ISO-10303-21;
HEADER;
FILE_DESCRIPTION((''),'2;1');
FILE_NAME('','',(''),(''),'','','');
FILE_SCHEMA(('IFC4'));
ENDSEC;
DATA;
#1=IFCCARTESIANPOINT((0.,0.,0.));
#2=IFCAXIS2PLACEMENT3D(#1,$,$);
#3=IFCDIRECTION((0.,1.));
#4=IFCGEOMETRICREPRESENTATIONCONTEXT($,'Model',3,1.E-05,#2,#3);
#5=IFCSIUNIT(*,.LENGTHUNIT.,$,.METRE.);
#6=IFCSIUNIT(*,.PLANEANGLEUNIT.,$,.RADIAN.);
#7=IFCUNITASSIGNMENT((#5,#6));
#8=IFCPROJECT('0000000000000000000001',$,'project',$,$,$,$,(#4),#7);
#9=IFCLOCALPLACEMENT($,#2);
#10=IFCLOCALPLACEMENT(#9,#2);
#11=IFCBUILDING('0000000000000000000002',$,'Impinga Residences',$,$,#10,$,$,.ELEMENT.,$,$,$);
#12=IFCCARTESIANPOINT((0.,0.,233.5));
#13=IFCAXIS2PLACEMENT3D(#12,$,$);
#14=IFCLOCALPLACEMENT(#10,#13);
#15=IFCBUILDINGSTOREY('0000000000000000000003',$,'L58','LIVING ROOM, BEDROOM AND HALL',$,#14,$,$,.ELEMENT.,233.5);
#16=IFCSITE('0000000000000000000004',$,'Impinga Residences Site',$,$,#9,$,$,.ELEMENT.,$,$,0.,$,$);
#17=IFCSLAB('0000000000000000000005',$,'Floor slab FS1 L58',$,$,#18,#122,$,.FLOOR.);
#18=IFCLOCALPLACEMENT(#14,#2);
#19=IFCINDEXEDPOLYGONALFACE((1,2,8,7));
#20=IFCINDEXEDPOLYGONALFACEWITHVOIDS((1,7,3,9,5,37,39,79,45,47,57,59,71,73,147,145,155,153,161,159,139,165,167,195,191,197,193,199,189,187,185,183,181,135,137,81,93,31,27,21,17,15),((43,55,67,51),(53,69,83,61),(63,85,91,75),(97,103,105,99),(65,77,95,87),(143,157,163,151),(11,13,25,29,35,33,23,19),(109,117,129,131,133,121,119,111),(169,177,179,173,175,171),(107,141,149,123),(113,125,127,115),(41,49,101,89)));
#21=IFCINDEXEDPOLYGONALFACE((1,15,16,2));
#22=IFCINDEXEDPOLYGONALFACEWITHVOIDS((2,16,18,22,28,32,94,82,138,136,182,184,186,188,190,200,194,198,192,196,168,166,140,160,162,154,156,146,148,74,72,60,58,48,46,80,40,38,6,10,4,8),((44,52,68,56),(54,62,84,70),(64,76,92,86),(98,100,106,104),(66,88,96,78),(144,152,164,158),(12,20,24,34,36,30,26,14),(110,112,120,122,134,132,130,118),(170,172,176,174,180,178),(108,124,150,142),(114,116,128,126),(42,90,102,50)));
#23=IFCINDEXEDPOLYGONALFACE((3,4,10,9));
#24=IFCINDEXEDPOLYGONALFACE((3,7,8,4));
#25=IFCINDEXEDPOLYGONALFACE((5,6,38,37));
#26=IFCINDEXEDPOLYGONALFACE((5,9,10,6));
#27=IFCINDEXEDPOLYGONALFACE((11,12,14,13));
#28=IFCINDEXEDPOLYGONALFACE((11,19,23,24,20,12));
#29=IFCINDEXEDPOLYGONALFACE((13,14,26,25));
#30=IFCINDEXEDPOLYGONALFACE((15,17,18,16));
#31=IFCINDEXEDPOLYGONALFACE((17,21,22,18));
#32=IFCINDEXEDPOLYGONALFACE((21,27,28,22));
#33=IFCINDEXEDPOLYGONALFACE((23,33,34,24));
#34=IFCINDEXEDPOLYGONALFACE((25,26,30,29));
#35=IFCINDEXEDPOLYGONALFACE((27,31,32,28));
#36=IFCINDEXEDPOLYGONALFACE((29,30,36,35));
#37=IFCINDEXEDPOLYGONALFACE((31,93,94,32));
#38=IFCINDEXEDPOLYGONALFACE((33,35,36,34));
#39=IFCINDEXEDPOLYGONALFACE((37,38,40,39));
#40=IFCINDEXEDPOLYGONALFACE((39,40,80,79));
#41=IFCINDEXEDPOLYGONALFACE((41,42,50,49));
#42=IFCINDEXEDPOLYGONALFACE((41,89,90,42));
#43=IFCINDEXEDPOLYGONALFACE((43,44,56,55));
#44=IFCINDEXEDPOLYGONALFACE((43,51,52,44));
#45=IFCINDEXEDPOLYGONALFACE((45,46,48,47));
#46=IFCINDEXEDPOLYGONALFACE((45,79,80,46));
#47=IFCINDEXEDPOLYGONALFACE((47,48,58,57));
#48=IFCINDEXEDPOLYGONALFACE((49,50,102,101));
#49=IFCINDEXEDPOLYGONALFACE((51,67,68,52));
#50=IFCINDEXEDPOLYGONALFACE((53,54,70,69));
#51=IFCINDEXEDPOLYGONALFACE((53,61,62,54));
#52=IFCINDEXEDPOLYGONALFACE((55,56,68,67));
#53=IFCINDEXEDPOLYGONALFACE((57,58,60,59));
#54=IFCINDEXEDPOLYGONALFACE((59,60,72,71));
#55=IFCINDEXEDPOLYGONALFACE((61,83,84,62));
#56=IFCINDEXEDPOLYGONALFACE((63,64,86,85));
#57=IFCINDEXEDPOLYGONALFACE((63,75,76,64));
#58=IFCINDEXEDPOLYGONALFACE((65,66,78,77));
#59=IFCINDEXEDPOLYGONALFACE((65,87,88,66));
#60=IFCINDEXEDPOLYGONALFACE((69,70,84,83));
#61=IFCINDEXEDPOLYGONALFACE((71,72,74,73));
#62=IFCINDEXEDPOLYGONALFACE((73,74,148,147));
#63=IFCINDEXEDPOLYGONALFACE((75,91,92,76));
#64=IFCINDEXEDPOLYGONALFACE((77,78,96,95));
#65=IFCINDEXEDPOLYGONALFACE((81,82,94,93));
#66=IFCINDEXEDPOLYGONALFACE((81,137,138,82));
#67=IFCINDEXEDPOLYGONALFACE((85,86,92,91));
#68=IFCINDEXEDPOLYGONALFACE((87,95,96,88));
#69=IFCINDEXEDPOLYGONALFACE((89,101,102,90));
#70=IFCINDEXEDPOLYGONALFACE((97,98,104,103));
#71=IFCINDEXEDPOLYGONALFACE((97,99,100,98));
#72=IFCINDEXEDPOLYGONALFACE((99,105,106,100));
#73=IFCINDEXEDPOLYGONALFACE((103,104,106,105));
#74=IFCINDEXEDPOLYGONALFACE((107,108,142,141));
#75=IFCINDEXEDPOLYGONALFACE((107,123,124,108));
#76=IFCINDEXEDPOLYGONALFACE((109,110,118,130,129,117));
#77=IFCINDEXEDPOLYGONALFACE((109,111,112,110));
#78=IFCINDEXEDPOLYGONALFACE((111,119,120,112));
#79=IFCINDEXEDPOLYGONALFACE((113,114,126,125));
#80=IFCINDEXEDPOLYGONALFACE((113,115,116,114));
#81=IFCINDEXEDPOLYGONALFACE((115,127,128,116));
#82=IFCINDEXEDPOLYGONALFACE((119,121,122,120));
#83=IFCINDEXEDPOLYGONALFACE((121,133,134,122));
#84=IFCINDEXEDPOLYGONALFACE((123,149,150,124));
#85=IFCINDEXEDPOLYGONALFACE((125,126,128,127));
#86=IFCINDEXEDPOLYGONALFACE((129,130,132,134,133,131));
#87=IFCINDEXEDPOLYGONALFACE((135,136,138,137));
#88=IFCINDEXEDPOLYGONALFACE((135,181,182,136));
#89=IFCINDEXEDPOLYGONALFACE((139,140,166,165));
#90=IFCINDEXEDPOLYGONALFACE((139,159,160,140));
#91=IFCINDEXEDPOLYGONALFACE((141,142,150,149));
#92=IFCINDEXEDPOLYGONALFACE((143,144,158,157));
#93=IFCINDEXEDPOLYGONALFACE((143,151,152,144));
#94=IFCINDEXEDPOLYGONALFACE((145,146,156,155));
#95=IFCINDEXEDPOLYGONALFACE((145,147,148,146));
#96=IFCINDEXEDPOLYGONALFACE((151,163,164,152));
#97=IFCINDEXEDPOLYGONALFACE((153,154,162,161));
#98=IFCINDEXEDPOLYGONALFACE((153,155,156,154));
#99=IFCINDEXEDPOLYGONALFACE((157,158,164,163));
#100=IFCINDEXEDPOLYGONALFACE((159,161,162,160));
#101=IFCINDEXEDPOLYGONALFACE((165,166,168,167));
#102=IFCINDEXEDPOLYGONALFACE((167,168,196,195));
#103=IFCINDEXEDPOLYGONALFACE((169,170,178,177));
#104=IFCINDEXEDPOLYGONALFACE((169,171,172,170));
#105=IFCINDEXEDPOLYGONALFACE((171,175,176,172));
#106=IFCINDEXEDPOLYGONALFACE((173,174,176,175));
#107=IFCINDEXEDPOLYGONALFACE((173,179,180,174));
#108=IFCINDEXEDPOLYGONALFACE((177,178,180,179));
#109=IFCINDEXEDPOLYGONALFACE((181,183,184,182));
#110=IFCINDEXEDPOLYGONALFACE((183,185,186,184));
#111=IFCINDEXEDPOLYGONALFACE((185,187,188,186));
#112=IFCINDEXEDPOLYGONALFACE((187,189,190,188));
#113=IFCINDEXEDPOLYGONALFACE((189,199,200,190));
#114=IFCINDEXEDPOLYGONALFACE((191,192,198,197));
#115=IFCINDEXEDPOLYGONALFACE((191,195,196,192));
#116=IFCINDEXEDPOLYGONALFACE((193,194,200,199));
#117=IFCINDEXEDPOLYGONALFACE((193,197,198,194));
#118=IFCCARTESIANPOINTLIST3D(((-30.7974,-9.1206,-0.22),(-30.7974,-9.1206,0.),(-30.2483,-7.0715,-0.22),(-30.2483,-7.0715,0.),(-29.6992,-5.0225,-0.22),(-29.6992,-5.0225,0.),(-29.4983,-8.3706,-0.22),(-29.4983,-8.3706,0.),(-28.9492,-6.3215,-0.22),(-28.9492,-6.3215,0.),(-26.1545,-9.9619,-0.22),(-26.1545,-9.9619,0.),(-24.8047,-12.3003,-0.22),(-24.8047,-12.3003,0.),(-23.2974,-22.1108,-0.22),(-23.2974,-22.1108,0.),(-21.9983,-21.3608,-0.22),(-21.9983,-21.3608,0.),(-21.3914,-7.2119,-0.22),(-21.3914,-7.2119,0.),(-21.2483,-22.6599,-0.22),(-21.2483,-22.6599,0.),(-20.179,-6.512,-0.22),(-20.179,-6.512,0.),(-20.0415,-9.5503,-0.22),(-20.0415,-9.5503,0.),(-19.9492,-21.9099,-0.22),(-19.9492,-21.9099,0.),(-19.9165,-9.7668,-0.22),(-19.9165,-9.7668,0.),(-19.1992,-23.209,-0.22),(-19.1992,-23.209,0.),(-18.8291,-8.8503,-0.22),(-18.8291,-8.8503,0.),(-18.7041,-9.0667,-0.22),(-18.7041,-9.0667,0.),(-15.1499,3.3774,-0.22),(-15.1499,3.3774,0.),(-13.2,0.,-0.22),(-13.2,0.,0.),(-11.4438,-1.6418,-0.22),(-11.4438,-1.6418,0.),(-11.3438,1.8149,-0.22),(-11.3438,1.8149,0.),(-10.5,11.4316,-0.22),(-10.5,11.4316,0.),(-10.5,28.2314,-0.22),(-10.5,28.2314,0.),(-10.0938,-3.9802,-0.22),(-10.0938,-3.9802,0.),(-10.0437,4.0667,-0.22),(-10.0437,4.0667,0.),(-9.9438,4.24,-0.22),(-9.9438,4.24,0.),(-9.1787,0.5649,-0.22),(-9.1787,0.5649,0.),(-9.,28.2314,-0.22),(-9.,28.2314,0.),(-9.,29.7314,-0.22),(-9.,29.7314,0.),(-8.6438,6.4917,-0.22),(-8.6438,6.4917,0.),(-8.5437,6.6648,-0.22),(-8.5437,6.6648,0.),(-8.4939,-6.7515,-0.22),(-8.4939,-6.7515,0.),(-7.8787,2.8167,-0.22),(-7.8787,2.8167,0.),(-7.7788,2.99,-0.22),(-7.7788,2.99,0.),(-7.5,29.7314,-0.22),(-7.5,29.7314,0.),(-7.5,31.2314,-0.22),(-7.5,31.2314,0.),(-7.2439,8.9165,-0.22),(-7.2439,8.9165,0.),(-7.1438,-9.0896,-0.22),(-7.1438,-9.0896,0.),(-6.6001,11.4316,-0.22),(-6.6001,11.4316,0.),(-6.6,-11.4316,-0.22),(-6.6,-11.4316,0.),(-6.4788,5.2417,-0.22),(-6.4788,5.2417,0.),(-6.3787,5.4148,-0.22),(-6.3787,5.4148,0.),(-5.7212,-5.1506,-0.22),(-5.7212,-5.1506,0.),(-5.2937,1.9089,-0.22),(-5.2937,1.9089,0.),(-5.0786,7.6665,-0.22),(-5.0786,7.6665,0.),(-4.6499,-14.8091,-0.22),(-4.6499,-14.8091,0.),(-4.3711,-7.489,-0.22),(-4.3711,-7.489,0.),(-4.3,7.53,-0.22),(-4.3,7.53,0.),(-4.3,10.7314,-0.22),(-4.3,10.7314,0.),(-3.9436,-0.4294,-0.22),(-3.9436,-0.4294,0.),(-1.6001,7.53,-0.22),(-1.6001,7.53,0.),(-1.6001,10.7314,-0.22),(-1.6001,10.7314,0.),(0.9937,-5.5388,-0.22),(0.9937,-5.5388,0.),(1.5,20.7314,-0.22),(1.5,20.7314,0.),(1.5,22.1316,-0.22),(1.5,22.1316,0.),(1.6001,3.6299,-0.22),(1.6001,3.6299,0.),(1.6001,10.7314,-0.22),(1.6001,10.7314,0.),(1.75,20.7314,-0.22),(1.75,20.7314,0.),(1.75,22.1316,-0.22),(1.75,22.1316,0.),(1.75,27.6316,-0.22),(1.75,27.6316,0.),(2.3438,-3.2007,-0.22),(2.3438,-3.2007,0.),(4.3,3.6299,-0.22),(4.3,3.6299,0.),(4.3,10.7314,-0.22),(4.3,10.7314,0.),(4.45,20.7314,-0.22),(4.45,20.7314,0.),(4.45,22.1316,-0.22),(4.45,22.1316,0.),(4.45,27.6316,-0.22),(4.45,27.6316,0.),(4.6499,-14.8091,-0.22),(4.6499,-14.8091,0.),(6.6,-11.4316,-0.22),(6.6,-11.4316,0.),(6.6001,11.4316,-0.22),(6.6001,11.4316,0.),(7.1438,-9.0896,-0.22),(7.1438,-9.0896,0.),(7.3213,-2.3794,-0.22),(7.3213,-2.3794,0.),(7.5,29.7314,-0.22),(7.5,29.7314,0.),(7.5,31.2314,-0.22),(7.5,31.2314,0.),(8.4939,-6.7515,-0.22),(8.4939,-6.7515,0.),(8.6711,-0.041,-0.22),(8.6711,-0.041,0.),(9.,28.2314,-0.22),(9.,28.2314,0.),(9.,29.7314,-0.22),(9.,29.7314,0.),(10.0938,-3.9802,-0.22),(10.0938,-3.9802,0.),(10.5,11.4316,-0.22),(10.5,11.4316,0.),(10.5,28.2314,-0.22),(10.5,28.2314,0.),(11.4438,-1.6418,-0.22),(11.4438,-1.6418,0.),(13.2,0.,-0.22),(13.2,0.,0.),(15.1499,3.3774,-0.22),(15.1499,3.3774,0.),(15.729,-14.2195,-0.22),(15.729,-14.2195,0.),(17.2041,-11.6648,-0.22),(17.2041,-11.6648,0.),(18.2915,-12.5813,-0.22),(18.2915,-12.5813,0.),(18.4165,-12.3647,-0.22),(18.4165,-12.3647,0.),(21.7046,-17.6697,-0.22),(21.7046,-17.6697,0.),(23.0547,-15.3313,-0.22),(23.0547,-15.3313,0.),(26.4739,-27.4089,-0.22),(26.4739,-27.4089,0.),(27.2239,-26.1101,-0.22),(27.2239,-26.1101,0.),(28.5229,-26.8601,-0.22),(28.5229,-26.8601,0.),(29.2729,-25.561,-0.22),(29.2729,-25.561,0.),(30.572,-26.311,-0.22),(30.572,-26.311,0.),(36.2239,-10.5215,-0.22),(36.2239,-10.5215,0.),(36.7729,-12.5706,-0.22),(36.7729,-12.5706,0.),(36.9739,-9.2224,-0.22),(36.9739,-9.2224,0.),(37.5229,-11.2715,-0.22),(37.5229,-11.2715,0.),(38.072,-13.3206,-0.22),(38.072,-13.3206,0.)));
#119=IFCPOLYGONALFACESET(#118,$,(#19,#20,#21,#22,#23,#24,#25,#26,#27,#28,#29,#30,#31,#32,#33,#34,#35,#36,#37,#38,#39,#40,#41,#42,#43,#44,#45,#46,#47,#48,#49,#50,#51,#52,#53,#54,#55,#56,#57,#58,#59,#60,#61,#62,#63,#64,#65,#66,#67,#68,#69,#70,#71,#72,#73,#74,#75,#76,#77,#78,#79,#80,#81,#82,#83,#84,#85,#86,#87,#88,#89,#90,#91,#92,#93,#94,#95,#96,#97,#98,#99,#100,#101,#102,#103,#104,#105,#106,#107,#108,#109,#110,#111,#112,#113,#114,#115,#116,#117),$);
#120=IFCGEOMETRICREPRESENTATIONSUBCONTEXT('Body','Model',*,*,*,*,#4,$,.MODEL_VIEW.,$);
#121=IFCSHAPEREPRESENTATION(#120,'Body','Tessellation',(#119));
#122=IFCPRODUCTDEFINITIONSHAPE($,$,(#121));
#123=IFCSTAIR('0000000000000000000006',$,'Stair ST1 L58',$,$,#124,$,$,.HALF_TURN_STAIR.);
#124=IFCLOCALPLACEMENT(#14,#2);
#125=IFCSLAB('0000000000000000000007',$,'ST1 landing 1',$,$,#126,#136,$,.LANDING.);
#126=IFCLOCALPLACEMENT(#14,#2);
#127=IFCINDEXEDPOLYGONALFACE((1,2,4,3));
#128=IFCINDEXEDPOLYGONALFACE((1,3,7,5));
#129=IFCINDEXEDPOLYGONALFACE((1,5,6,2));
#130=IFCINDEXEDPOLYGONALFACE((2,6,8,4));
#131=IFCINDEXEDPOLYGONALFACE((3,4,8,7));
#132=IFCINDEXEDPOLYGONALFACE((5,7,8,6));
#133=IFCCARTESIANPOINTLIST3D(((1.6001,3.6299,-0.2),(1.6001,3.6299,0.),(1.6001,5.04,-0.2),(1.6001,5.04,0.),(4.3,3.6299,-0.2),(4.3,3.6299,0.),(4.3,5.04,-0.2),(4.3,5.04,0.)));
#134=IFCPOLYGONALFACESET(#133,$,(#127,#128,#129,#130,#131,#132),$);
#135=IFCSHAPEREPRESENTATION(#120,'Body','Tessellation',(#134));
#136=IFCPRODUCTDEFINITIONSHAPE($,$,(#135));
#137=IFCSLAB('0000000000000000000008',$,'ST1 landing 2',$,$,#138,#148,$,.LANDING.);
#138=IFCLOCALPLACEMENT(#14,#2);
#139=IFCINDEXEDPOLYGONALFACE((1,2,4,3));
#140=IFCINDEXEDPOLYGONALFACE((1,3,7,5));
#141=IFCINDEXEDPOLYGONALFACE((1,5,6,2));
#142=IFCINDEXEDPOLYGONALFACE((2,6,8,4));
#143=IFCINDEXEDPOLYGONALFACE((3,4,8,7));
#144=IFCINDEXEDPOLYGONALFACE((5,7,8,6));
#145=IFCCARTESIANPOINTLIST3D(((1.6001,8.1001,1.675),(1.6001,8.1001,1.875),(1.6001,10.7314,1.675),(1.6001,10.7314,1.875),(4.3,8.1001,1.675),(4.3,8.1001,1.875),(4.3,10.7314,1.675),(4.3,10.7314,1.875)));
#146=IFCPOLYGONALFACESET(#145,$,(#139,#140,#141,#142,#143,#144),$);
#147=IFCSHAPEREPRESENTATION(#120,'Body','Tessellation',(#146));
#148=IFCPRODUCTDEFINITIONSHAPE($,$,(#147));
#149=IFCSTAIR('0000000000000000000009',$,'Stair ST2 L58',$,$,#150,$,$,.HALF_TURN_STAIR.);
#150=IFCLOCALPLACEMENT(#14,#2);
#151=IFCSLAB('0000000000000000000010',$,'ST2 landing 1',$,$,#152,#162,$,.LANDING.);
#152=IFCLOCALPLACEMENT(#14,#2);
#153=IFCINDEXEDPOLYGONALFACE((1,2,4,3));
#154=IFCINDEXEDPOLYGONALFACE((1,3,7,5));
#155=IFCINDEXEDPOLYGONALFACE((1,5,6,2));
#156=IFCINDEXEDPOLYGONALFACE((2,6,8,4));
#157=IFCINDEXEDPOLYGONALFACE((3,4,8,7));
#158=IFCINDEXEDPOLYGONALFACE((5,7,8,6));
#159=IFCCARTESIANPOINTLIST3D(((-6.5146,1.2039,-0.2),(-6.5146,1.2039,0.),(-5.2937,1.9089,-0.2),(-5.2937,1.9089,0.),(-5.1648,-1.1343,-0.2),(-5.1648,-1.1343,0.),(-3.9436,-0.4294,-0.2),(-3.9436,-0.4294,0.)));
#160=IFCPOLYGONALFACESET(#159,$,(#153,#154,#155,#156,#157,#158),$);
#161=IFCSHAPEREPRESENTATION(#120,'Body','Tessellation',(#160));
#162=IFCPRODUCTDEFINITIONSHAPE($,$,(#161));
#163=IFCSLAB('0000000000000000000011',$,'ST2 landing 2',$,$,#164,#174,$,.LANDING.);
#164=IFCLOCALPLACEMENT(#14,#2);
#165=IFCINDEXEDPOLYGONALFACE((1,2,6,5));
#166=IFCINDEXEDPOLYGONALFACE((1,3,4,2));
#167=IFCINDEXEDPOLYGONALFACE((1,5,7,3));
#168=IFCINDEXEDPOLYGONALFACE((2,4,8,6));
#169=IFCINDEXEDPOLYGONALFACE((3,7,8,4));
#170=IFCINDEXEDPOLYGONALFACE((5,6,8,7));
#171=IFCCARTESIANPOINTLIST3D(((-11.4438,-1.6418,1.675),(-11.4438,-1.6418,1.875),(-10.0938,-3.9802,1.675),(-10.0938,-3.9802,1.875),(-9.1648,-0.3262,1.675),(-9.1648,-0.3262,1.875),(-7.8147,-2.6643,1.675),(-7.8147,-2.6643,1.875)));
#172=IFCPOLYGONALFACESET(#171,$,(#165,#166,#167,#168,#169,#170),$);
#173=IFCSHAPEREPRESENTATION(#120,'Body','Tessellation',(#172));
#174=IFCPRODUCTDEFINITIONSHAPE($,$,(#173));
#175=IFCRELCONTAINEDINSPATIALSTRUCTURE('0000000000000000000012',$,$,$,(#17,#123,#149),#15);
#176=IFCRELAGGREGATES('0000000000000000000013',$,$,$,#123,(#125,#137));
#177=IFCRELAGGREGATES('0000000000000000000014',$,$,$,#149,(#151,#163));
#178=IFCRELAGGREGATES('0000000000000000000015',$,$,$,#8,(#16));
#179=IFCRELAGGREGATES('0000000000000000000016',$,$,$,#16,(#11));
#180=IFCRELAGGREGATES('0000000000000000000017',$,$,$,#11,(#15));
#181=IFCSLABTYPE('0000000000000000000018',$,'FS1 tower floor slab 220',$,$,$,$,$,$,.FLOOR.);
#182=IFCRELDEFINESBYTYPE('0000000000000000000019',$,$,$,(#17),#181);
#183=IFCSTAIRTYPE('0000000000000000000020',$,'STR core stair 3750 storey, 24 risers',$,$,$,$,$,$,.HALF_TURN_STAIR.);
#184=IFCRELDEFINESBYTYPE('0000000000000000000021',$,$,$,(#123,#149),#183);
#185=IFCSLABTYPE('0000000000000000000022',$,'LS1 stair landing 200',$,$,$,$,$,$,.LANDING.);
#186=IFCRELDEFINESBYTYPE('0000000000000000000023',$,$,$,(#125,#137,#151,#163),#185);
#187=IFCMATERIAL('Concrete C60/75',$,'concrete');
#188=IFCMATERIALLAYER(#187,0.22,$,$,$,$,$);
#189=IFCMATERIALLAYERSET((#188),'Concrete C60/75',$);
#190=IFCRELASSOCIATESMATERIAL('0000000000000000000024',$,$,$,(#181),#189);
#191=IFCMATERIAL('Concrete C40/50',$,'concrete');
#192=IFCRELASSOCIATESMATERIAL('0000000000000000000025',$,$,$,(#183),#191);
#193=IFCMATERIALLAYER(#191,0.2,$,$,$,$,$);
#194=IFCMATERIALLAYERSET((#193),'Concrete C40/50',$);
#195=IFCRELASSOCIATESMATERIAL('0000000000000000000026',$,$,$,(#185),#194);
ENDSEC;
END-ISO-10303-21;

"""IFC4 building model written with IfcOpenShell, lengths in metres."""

from ifc_helpers import new_model, si_unit, direction, frame, origin, place, context, subcontext, project, spatial, polyline, outline, extrude, material, layer, layer_set, type_object, element, aggregate, save


model = new_model("IFC4")

# Units and contexts
model_context = context("Model", 3, precision=1e-05, world=origin(), true_north=direction((0.0, 1.0)))
body_context = subcontext(model_context, "Body", "Model", "MODEL_VIEW")
ifc_project = project(units=[si_unit("LENGTHUNIT", "METRE"), si_unit("PLANEANGLEUNIT", "RADIAN")], contexts=[model_context])

# Site, building, storey
site_placement = place(None, origin())
site = spatial("IfcSite", under=ifc_project, at=site_placement, Name="Impinga Residences Site", CompositionType="ELEMENT", RefElevation=0.0)
building_placement = place(site_placement, origin())
building = spatial("IfcBuilding", under=site, at=building_placement, Name="Impinga Residences", CompositionType="ELEMENT")
storey_placement = place(building_placement, frame((0.0, 0.0, 233.5)))
storey = spatial("IfcBuildingStorey", under=building, at=storey_placement, Name="L58", Description="LIVING ROOM, BEDROOM AND HALL", CompositionType="ELEMENT", Elevation=233.5)

# Slab
ifc_material_1 = material(Name="Concrete C60/75", Category="concrete")
ifc_layer_1 = layer(ifc_material_1, 0.22)
ifc_layer_set_1 = layer_set([ifc_layer_1], Name="Concrete C60/75")
slab_type_1 = type_object("IfcSlabType", Name="FS1 tower floor slab 220", PredefinedType="FLOOR", material=ifc_layer_set_1)
slab_1_placement = place(storey_placement, frame((0.0, 0.0, -0.22)))
element("IfcSlab", 1, at=slab_1_placement, inside=storey, type_object=slab_type_1, Name="Floor slab FS1 L58", PredefinedType="FLOOR", context=body_context, shape_type="SweptSolid", body=[
    extrude(outline(polyline([(36.2239, -10.5215), (37.5229, -11.2715), (36.7729, -12.5706), (38.072, -13.3206), (30.572, -26.311), (29.2729, -25.561), (28.5229, -26.8601), (27.2239, -26.1101), (26.4739, -27.4089), (4.6499, -14.8091), (9.9001, -5.7158), (6.6001, -11.4316), (-6.6001, -11.4316), (-9.9001, -5.7158), (-4.6499, -14.8091), (-19.1992, -23.209), (-19.9492, -21.9099), (-21.2483, -22.6599), (-21.9983, -21.3608), (-23.2974, -22.1108), (-30.7974, -9.1206), (-29.4983, -8.3706), (-30.2483, -7.0715), (-28.9492, -6.3215), (-29.6992, -5.0225), (-15.1499, 3.3774), (-13.2, 0.0), (-6.6001, 11.4316), (-10.5, 11.4316), (-10.5, 28.2314), (-9.0, 28.2314), (-9.0, 29.7314), (-7.5, 29.7314), (-7.5, 31.2314), (7.5, 31.2314), (7.5, 29.7314), (9.0, 29.7314), (9.0, 28.2314), (10.5, 28.2314), (10.5, 11.4316), (6.6001, 11.4316), (13.2, 0.0), (15.1499, 3.3774), (36.9739, -9.2224), (36.2239, -10.5215)]), holes=[polyline([(-18.7041, -9.0667), (-18.8291, -8.8503), (-18.8291, -8.8503), (-20.179, -6.512), (-21.3914, -7.2119), (-21.3914, -7.2119), (-26.1545, -9.9619), (-24.8047, -12.3003), (-20.0415, -9.5503), (-19.9165, -9.7668), (-18.7041, -9.0667)]), polyline([(-5.7212, -5.1506), (-8.4939, -6.7515), (-7.1438, -9.0896), (-4.3711, -7.489), (-5.7212, -5.1506)]), polyline([(-5.2937, 1.9089), (-11.4438, -1.6418), (-10.0938, -3.9802), (-3.9436, -0.4294), (-5.2937, 1.9089)]), polyline([(-7.8787, 2.8167), (-10.0437, 4.0667), (-11.3438, 1.8149), (-9.1787, 0.5649), (-7.8787, 2.8167)]), polyline([(-6.4788, 5.2417), (-8.6438, 6.4917), (-9.9438, 4.24), (-7.7788, 2.99), (-6.4788, 5.2417)]), polyline([(-6.3787, 5.4148), (-5.0786, 7.6665), (-7.2439, 8.9165), (-8.5437, 6.6648), (-6.3787, 5.4148)]), polyline([(-4.3, 7.53), (-1.6001, 7.53), (-1.6001, 10.7314), (-4.3, 10.7314), (-4.3, 7.53)]), polyline([(15.729, -14.2195), (21.7046, -17.6697), (23.0547, -15.3313), (18.2915, -12.5813), (18.4165, -12.3647), (17.2041, -11.6648), (15.729, -14.2195)]), polyline([(0.9937, -5.5388), (7.1438, -9.0896), (8.4939, -6.7515), (2.3438, -3.2007), (0.9937, -5.5388)]), polyline([(7.3213, -2.3794), (10.0938, -3.9802), (11.4438, -1.6418), (8.6711, -0.041), (7.3213, -2.3794)]), polyline([(4.3, 3.6299), (4.3, 10.7314), (1.6001, 10.7314), (1.6001, 3.6299), (4.3, 3.6299)]), polyline([(1.75, 22.1316), (1.5, 22.1316), (1.5, 20.7314), (1.75, 20.7314), (4.45, 20.7314), (4.45, 22.1316), (4.45, 27.6316), (1.75, 27.6316), (1.75, 22.1316)])]), origin(), (0.0, 0.0, 1.0), 0.22),
])

# Stairs, slabs
ifc_material_2 = material(Name="Concrete C40/50", Category="concrete")
stair_type_1 = type_object("IfcStairType", Name="STR core stair 3750 storey, 24 risers", PredefinedType="HALF_TURN_STAIR", material=ifc_material_2)
stair_1_placement = place(storey_placement, origin())
stair_1 = element("IfcStair", 2, at=stair_1_placement, inside=storey, type_object=stair_type_1, Name="Stair ST1 L58", PredefinedType="HALF_TURN_STAIR")
ifc_layer_2 = layer(ifc_material_2, 0.2)
ifc_layer_set_2 = layer_set([ifc_layer_2], Name="Concrete C40/50")
slab_type_2 = type_object("IfcSlabType", Name="LS1 stair landing 200", PredefinedType="LANDING", material=ifc_layer_set_2)
slab_2_placement = place(storey_placement, frame((0.0, 0.0, -0.2)))
slab_2 = element("IfcSlab", 3, at=slab_2_placement, type_object=slab_type_2, Name="ST1 landing 1", PredefinedType="LANDING", context=body_context, shape_type="SweptSolid", body=[
    extrude(outline(polyline([(1.6001, 3.6299), (4.3, 3.6299), (4.3, 5.04), (1.6001, 5.04), (1.6001, 3.6299)])), origin(), (0.0, 0.0, 1.0), 0.2),
])
slab_3_placement = place(storey_placement, frame((0.0, 0.0, 1.675)))
slab_3 = element("IfcSlab", 4, at=slab_3_placement, type_object=slab_type_2, Name="ST1 landing 2", PredefinedType="LANDING", context=body_context, shape_type="SweptSolid", body=[
    extrude(outline(polyline([(1.6001, 8.1001), (4.3, 8.1001), (4.3, 10.7314), (1.6001, 10.7314), (1.6001, 8.1001)])), origin(), (0.0, 0.0, 1.0), 0.2),
])
aggregate(stair_1, [slab_2, slab_3])
stair_2_placement = place(storey_placement, origin())
stair_2 = element("IfcStair", 5, at=stair_2_placement, inside=storey, type_object=stair_type_1, Name="Stair ST2 L58", PredefinedType="HALF_TURN_STAIR")
slab_4_placement = place(storey_placement, frame((0.0, 0.0, -0.2)))
slab_4 = element("IfcSlab", 6, at=slab_4_placement, type_object=slab_type_2, Name="ST2 landing 1", PredefinedType="LANDING", context=body_context, shape_type="SweptSolid", body=[
    extrude(outline(polyline([(-3.9436, -0.4294), (-5.2937, 1.9089), (-6.5146, 1.2039), (-5.1648, -1.1343), (-3.9436, -0.4294)])), origin(), (0.0, 0.0, 1.0), 0.2),
])
slab_5_placement = place(storey_placement, frame((0.0, 0.0, 1.675)))
slab_5 = element("IfcSlab", 7, at=slab_5_placement, type_object=slab_type_2, Name="ST2 landing 2", PredefinedType="LANDING", context=body_context, shape_type="SweptSolid", body=[
    extrude(outline(polyline([(-7.8147, -2.6643), (-9.1648, -0.3262), (-11.4438, -1.6418), (-10.0938, -3.9802), (-7.8147, -2.6643)])), origin(), (0.0, 0.0, 1.0), 0.2),
])
aggregate(stair_2, [slab_4, slab_5])

save(model, "model.ifc")
